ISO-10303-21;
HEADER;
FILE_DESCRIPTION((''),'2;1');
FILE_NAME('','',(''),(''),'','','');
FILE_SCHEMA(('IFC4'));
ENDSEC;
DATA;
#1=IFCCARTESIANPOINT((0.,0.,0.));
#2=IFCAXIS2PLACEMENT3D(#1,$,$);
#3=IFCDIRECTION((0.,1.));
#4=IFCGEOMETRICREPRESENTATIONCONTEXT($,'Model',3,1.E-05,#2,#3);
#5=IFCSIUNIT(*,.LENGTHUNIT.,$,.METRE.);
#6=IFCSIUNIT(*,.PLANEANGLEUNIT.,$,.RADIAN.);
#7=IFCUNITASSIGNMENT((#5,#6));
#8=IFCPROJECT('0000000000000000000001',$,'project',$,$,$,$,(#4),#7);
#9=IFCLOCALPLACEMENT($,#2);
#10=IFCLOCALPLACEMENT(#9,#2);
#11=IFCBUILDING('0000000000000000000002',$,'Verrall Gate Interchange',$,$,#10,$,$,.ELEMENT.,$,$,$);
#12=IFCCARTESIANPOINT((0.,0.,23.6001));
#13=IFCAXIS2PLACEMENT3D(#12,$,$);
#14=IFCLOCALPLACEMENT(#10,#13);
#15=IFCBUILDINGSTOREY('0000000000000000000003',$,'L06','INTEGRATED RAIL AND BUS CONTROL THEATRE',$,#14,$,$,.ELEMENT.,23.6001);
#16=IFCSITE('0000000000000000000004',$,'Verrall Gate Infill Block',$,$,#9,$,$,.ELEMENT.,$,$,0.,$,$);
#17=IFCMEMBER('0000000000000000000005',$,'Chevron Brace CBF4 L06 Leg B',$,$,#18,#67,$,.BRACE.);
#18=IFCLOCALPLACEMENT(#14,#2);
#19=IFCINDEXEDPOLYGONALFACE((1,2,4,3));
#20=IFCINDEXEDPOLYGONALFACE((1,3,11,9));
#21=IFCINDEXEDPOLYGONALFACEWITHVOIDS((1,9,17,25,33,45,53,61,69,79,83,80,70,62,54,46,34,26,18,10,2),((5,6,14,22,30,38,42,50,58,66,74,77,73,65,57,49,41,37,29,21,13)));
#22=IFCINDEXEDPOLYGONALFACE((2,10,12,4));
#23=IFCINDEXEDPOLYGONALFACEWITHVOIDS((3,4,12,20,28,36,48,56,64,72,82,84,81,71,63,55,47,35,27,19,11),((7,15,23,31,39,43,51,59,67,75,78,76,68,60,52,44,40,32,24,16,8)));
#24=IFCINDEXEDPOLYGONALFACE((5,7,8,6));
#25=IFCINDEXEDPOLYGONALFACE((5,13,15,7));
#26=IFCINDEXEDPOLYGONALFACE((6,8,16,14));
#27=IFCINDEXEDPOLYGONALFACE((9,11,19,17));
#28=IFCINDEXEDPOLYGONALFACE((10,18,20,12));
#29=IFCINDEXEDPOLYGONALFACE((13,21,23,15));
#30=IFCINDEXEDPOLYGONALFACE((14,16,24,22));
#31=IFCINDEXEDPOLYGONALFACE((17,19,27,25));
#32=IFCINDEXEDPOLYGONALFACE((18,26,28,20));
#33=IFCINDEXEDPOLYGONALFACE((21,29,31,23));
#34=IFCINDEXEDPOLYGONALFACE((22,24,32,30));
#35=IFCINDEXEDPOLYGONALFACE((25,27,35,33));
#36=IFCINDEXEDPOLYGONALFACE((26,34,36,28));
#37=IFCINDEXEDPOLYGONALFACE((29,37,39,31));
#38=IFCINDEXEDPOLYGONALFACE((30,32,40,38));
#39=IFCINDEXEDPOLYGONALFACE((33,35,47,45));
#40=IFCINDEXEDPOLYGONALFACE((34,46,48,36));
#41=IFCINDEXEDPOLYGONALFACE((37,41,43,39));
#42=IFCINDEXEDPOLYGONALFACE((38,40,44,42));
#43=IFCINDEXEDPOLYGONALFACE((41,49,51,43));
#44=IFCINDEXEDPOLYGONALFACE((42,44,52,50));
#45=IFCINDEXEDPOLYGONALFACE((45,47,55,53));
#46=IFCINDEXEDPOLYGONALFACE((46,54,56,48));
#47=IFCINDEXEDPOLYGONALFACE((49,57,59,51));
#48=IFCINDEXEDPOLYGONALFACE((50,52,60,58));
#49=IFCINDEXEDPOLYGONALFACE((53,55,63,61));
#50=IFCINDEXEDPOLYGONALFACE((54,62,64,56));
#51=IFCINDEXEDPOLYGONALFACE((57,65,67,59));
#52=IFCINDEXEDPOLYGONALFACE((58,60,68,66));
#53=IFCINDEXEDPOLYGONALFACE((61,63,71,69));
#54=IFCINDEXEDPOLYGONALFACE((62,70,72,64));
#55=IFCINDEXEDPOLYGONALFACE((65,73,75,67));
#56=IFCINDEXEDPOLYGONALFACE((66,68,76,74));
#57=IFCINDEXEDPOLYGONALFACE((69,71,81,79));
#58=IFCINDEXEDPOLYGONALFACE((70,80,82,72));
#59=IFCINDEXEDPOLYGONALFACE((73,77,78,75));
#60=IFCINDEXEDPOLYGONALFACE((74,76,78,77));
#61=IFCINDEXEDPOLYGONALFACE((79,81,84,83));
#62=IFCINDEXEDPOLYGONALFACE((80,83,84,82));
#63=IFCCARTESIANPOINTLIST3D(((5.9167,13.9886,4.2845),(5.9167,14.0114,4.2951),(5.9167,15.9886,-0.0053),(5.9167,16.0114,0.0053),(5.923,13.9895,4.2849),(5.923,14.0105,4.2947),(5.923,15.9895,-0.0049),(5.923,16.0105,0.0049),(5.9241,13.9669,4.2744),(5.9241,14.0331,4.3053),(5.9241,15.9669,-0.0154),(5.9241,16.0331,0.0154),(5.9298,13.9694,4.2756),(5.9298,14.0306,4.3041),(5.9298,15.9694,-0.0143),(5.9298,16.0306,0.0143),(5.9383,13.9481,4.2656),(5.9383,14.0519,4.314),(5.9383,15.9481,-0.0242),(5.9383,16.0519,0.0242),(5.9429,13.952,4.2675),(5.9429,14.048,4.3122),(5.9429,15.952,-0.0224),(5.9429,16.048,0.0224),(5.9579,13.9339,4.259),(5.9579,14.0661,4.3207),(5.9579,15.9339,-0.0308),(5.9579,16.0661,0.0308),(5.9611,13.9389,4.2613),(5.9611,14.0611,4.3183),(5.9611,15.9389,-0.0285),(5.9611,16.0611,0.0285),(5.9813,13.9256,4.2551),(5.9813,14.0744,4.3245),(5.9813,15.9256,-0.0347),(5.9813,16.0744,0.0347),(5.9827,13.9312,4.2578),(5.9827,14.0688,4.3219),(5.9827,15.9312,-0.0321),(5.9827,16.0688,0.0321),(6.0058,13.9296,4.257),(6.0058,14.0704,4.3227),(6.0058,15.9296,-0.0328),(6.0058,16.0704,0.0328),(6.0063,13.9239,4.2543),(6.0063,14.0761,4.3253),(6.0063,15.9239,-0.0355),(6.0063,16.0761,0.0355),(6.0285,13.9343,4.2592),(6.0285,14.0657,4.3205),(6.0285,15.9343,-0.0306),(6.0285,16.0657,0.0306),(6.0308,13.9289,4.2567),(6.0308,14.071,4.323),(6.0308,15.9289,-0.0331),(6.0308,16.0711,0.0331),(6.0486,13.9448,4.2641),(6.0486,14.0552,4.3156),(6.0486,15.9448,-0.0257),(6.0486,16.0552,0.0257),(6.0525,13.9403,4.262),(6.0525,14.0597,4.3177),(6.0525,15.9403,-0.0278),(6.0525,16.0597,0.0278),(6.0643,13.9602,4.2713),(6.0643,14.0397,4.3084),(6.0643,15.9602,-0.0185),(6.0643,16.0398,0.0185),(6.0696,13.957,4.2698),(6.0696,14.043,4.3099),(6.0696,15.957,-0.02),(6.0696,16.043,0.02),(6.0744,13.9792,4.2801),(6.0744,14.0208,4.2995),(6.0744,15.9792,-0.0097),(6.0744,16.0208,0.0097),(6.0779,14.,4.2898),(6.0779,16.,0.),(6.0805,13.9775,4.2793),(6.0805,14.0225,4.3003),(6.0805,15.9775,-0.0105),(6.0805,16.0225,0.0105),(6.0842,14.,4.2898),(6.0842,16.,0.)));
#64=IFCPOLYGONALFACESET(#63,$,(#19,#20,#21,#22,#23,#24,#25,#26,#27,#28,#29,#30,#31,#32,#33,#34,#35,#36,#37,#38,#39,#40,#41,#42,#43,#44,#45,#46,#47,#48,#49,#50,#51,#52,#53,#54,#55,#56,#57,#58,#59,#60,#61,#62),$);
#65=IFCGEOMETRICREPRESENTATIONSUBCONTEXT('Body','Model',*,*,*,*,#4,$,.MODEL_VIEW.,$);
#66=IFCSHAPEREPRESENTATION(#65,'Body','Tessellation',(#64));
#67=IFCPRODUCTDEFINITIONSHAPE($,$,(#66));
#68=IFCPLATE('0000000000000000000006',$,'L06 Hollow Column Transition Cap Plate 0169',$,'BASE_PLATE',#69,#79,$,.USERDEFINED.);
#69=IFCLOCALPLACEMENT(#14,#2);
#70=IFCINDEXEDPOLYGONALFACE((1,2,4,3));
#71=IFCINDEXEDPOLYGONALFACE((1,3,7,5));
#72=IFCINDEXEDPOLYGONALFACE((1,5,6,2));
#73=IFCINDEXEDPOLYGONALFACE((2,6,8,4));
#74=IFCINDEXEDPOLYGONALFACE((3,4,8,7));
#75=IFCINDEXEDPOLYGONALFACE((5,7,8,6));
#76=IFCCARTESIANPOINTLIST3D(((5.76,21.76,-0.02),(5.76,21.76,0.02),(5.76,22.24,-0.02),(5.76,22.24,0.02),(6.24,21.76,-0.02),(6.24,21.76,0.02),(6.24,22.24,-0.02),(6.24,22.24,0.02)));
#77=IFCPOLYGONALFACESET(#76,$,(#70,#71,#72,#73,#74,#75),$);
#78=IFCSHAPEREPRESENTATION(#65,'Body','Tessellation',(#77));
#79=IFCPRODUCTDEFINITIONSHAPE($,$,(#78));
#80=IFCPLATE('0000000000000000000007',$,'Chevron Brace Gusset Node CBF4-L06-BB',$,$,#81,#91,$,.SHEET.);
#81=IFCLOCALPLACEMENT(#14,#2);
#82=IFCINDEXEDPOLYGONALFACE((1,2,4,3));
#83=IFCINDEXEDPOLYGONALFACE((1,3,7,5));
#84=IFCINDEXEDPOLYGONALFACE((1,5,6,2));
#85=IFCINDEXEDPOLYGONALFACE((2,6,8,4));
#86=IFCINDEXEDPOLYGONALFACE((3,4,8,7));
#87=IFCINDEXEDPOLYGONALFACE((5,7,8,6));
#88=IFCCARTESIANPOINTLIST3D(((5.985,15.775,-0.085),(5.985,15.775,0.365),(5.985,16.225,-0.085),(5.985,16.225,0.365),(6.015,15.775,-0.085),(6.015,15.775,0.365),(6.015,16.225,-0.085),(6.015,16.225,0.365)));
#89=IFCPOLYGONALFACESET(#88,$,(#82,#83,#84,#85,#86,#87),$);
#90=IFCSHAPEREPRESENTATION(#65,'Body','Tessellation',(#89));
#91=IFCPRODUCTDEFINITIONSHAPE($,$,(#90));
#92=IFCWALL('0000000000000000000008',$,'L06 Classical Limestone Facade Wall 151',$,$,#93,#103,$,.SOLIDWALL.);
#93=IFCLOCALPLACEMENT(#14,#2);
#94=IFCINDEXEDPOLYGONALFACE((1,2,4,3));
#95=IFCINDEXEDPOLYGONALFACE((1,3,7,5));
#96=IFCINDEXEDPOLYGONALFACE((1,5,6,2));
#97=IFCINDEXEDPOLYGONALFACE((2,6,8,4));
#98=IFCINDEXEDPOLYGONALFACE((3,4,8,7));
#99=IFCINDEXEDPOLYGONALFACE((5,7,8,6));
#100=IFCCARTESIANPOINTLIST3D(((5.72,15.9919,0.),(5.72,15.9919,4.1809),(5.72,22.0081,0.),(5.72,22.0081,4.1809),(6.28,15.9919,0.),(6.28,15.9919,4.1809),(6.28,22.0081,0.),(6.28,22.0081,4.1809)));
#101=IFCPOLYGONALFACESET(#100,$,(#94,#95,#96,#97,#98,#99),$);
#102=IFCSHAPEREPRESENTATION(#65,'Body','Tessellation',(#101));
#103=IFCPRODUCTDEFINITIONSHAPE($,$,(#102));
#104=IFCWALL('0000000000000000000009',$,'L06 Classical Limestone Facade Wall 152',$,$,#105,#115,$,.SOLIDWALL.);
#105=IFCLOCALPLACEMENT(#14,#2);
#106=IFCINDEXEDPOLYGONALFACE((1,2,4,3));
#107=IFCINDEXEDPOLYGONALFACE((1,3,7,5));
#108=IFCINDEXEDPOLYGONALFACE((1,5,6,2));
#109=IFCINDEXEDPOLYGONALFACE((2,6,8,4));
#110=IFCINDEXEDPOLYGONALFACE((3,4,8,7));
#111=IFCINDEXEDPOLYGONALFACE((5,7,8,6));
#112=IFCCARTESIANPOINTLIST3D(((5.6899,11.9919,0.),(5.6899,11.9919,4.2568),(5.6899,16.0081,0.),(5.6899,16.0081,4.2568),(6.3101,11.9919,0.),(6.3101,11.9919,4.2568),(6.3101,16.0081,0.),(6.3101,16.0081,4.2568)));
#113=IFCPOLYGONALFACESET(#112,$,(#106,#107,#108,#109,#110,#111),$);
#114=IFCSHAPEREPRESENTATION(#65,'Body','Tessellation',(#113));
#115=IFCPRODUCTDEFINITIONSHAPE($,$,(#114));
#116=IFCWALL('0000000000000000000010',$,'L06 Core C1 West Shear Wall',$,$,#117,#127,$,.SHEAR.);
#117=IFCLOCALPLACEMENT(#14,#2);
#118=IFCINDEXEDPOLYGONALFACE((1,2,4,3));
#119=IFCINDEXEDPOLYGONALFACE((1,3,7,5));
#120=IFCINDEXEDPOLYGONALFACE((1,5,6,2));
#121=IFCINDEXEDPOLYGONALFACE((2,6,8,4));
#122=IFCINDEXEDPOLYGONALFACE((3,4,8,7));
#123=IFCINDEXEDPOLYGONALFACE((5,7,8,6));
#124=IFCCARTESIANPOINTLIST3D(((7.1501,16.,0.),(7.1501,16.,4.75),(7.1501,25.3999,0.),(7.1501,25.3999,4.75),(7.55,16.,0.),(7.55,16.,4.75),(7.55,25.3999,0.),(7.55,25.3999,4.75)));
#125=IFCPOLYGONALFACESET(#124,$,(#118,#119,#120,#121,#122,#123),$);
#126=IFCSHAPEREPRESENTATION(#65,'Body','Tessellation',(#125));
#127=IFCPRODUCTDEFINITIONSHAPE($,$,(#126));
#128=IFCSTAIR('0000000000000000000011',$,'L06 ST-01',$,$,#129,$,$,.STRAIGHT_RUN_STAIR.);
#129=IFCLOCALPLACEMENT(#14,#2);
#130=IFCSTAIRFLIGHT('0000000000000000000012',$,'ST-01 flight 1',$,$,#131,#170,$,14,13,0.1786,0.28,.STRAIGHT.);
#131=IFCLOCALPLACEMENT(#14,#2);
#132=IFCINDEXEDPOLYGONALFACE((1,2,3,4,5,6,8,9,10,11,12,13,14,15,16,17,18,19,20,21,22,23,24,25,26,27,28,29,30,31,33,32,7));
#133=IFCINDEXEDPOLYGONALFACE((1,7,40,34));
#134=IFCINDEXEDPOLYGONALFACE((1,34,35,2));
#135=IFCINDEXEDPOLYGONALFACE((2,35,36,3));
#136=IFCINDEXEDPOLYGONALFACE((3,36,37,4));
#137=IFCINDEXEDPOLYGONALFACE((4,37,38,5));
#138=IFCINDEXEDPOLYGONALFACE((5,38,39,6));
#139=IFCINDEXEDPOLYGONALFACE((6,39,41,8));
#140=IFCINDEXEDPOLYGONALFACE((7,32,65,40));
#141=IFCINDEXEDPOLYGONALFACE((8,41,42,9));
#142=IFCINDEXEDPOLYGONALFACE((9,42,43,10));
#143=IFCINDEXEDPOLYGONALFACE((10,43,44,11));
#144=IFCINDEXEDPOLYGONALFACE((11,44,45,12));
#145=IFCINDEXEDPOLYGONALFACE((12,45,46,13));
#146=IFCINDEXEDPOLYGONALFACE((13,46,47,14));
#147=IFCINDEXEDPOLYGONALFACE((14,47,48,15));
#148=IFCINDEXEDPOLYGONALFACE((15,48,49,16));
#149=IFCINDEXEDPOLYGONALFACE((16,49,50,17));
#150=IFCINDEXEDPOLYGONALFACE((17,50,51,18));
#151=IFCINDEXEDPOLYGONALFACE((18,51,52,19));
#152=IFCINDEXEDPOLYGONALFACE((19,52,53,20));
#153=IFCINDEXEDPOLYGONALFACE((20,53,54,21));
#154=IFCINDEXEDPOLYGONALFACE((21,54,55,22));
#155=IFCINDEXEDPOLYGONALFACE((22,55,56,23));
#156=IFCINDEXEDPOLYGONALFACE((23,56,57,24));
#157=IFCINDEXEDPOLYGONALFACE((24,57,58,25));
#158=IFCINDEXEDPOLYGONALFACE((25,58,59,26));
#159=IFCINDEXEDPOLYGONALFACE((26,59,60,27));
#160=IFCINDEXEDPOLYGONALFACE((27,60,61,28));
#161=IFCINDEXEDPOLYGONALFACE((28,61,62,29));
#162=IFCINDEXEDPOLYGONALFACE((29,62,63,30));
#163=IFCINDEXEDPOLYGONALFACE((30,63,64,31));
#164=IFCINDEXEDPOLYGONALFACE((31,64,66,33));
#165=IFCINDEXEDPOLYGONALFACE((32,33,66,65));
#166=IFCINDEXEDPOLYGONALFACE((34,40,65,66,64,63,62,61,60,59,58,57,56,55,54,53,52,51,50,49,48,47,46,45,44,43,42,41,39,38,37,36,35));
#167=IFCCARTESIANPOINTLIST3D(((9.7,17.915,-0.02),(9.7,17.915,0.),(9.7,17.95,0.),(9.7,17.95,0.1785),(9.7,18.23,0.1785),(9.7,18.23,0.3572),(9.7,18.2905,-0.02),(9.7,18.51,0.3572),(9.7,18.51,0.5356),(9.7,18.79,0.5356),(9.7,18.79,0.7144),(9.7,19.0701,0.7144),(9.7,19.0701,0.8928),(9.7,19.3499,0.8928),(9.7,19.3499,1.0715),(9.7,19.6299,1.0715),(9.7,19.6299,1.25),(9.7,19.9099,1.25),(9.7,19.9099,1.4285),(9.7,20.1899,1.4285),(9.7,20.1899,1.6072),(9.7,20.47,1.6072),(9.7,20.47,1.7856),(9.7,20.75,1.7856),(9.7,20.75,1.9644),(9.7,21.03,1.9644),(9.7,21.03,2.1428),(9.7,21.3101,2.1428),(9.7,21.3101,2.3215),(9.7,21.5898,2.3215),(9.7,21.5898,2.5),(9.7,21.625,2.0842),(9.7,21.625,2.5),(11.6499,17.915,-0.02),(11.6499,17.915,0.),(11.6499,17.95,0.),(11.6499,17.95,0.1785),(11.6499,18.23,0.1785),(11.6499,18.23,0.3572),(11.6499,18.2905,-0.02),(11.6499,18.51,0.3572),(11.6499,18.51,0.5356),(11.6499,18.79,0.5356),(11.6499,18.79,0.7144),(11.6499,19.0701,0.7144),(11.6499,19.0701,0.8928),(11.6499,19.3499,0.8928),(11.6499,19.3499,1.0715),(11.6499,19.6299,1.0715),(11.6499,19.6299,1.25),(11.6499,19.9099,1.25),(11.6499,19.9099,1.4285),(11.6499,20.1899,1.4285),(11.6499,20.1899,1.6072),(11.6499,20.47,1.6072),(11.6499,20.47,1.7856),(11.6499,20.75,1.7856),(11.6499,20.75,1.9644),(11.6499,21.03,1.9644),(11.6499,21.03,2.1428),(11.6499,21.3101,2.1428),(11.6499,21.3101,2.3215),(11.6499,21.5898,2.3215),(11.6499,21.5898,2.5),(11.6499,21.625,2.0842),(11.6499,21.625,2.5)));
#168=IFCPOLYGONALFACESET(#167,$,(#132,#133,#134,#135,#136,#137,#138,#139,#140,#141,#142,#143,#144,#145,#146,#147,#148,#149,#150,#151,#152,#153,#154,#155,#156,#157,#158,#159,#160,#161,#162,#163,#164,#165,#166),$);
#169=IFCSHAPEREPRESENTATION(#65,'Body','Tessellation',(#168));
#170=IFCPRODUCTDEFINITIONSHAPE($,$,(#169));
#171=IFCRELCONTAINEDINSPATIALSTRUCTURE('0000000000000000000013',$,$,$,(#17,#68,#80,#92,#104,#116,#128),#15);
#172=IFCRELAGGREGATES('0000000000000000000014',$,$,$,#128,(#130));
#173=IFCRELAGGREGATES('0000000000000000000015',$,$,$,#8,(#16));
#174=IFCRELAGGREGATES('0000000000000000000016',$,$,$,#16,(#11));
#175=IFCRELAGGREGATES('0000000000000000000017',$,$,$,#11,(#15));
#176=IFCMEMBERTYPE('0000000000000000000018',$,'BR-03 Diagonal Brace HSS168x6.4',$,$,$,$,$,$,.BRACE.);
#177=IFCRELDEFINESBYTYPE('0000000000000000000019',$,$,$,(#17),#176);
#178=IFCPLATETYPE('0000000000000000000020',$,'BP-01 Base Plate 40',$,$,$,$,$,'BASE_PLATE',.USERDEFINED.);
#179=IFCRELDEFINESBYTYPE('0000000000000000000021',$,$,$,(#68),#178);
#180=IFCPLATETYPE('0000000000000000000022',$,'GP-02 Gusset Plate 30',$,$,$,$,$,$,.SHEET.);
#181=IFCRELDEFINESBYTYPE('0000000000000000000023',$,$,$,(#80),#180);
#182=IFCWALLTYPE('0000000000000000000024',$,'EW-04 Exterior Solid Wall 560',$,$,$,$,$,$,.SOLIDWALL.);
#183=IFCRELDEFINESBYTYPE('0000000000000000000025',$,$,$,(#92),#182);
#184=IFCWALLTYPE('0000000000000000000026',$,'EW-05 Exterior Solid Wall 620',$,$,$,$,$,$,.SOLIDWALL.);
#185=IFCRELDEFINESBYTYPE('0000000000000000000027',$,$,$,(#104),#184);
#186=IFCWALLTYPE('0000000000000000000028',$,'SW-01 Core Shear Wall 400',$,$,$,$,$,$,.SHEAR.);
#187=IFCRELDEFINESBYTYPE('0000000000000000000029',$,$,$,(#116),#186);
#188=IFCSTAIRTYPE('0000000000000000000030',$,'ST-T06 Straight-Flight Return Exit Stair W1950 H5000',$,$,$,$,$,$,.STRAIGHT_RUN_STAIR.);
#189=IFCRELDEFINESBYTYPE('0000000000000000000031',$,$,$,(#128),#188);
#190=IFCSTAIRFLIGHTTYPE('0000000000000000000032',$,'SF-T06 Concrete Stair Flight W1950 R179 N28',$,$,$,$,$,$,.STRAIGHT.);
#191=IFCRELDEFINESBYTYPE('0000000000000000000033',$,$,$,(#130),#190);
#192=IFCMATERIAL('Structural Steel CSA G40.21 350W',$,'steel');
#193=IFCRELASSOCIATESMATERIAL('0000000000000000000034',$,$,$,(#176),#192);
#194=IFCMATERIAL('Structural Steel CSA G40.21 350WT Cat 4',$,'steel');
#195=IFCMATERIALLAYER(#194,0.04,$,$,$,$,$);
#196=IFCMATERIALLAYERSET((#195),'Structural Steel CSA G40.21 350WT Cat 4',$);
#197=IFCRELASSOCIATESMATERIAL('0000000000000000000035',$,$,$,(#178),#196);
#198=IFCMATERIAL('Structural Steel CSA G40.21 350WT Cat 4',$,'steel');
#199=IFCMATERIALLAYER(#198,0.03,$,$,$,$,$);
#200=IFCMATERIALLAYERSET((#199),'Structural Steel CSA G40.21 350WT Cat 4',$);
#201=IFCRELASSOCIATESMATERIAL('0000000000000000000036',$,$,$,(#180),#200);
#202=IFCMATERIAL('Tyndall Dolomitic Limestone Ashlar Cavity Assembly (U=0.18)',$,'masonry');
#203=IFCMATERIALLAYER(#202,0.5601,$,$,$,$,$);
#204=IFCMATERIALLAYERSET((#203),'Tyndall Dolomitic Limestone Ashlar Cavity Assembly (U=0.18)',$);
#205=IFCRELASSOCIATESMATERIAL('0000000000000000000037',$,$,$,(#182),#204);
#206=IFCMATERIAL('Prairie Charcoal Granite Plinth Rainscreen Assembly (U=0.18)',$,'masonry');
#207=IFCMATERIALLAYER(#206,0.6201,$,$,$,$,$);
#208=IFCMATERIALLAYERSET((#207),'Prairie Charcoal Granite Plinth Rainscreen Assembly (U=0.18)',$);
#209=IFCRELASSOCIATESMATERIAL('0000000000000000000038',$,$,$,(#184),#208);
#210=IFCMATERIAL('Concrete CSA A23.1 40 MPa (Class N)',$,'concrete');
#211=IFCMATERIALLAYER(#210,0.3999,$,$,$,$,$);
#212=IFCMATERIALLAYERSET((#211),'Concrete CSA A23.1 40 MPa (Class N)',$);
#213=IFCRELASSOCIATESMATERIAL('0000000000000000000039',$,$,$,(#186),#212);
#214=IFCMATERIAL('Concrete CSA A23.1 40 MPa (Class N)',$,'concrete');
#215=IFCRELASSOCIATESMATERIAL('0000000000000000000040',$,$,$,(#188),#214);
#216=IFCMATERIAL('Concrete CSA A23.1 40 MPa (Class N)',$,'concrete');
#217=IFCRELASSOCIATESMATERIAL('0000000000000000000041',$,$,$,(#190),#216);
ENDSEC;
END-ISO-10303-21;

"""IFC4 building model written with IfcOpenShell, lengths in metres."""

from ifc_helpers import new_model, si_unit, direction, frame, frame_2d, origin, origin_2d, place, context, subcontext, project, spatial, polyline, rectangle, hollow_circle, outline, extrude, material, layer, layer_set, material_profile, profile_set, type_object, element, aggregate, save


model = new_model("IFC4")

# Units and contexts
model_context = context("Model", 3, precision=1e-05, world=origin(), true_north=direction((0.0, 1.0)))
body_context = subcontext(model_context, "Body", "Model", "MODEL_VIEW")
ifc_project = project(units=[si_unit("LENGTHUNIT", "METRE"), si_unit("PLANEANGLEUNIT", "RADIAN")], contexts=[model_context])

# Site, building, storey
site_placement = place(None, origin())
site = spatial("IfcSite", under=ifc_project, at=site_placement, Name="Verrall Gate Infill Block", CompositionType="ELEMENT", RefElevation=0.0)
building_placement = place(site_placement, origin())
building = spatial("IfcBuilding", under=site, at=building_placement, Name="Verrall Gate Interchange", CompositionType="ELEMENT")
storey_placement = place(building_placement, frame((0.0, 0.0, 23.6001)))
storey = spatial("IfcBuildingStorey", under=building, at=storey_placement, Name="L06", Description="INTEGRATED RAIL AND BUS CONTROL THEATRE", CompositionType="ELEMENT", Elevation=23.6001)

# Member
ifc_material_1 = material(Name="Structural Steel CSA G40.21 350W", Category="steel")
ifc_material_profile_1 = material_profile(ifc_material_1, hollow_circle(Radius=0.0842, WallThickness=0.0063, at=origin_2d()), Name="HSS168x6.4")
ifc_profile_set_1 = profile_set([ifc_material_profile_1], Name="Structural Steel CSA G40.21 350W")
member_type = type_object("IfcMemberType", Name="BR-03 Diagonal Brace HSS168x6.4", PredefinedType="BRACE", material=ifc_profile_set_1)
member_placement = place(storey_placement, frame((6.0, 16.0, 0.0), z_axis=(0.0, -0.422555, 0.906337), x_axis=(1.0, 0.0, 0.0)))
element("IfcMember", 1, at=member_placement, inside=storey, type_object=member_type, Name="Chevron Brace CBF4 L06 Leg B", PredefinedType="BRACE", context=body_context, shape_type="SweptSolid", body=[
    extrude(hollow_circle(Radius=0.0842, WallThickness=0.0063, at=origin_2d()), origin(), (0.0, 0.0, 1.0), 4.7332),
])

# Plates
ifc_material_2 = material(Name="Structural Steel CSA G40.21 350WT Cat 4", Category="steel")
ifc_layer_1 = layer(ifc_material_2, 0.04)
ifc_layer_set_1 = layer_set([ifc_layer_1], Name="Structural Steel CSA G40.21 350WT Cat 4")
plate_type_1 = type_object("IfcPlateType", Name="BP-01 Base Plate 40", ElementType="BASE_PLATE", PredefinedType="USERDEFINED", material=ifc_layer_set_1)
plate_1_placement = place(storey_placement, frame((6.0, 22.0, -0.02), z_axis=(0.0, 0.0, 1.0), x_axis=(1.0, 0.0, 0.0)))
element("IfcPlate", 2, at=plate_1_placement, inside=storey, type_object=plate_type_1, Name="L06 Hollow Column Transition Cap Plate 0169", ObjectType="BASE_PLATE", PredefinedType="USERDEFINED", context=body_context, shape_type="SweptSolid", body=[
    extrude(rectangle(XDim=0.48, YDim=0.48, at=origin_2d()), origin(), (0.0, 0.0, 1.0), 0.04),
])
ifc_material_3 = material(Name="Structural Steel CSA G40.21 350WT Cat 4", Category="steel")
ifc_layer_2 = layer(ifc_material_3, 0.03)
ifc_layer_set_2 = layer_set([ifc_layer_2], Name="Structural Steel CSA G40.21 350WT Cat 4")
plate_type_2 = type_object("IfcPlateType", Name="GP-02 Gusset Plate 30", PredefinedType="SHEET", material=ifc_layer_set_2)
plate_2_placement = place(storey_placement, frame((6.0, 16.0, -0.085), z_axis=(0.0, 0.0, 1.0), x_axis=(1.0, 0.0, 0.0)))
element("IfcPlate", 3, at=plate_2_placement, inside=storey, type_object=plate_type_2, Name="Chevron Brace Gusset Node CBF4-L06-BB", PredefinedType="SHEET", context=body_context, shape_type="SweptSolid", body=[
    extrude(rectangle(XDim=0.03, YDim=0.45, at=origin_2d()), origin(), (0.0, 0.0, 1.0), 0.45),
])

# Walls
ifc_material_4 = material(Name="Tyndall Dolomitic Limestone Ashlar Cavity Assembly (U=0.18)", Category="masonry")
ifc_layer_3 = layer(ifc_material_4, 0.5601)
ifc_layer_set_3 = layer_set([ifc_layer_3], Name="Tyndall Dolomitic Limestone Ashlar Cavity Assembly (U=0.18)")
wall_type_1 = type_object("IfcWallType", Name="EW-04 Exterior Solid Wall 560", PredefinedType="SOLIDWALL", material=ifc_layer_set_3)
wall_1_placement = place(storey_placement, frame((6.0, 22.0081, 0.0), z_axis=(0.0, 0.0, 1.0), x_axis=(0.0, -1.0, 0.0)))
element("IfcWall", 4, at=wall_1_placement, inside=storey, type_object=wall_type_1, Name="L06 Classical Limestone Facade Wall 151", PredefinedType="SOLIDWALL", context=body_context, shape_type="SweptSolid", body=[
    extrude(rectangle(XDim=6.0161, YDim=0.5601, at=frame_2d((3.0081, 0.0))), origin(), (0.0, 0.0, 1.0), 4.1809),
])
ifc_material_5 = material(Name="Prairie Charcoal Granite Plinth Rainscreen Assembly (U=0.18)", Category="masonry")
ifc_layer_4 = layer(ifc_material_5, 0.6201)
ifc_layer_set_4 = layer_set([ifc_layer_4], Name="Prairie Charcoal Granite Plinth Rainscreen Assembly (U=0.18)")
wall_type_2 = type_object("IfcWallType", Name="EW-05 Exterior Solid Wall 620", PredefinedType="SOLIDWALL", material=ifc_layer_set_4)
wall_2_placement = place(storey_placement, frame((6.0, 16.0081, 0.0), z_axis=(0.0, 0.0, 1.0), x_axis=(0.0, -1.0, 0.0)))
element("IfcWall", 5, at=wall_2_placement, inside=storey, type_object=wall_type_2, Name="L06 Classical Limestone Facade Wall 152", PredefinedType="SOLIDWALL", context=body_context, shape_type="SweptSolid", body=[
    extrude(rectangle(XDim=4.0161, YDim=0.6201, at=frame_2d((2.0081, 0.0))), origin(), (0.0, 0.0, 1.0), 4.2568),
])
ifc_material_6 = material(Name="Concrete CSA A23.1 40 MPa (Class N)", Category="concrete")
ifc_layer_5 = layer(ifc_material_6, 0.3999)
ifc_layer_set_5 = layer_set([ifc_layer_5], Name="Concrete CSA A23.1 40 MPa (Class N)")
wall_type_3 = type_object("IfcWallType", Name="SW-01 Core Shear Wall 400", PredefinedType="SHEAR", material=ifc_layer_set_5)
wall_3_placement = place(storey_placement, frame((7.3501, 25.3999, 0.0), z_axis=(0.0, 0.0, 1.0), x_axis=(0.0, -1.0, 0.0)))
element("IfcWall", 6, at=wall_3_placement, inside=storey, type_object=wall_type_3, Name="L06 Core C1 West Shear Wall", PredefinedType="SHEAR", context=body_context, shape_type="SweptSolid", body=[
    extrude(rectangle(XDim=9.3999, YDim=0.3999, at=frame_2d((4.7, 0.0))), origin(), (0.0, 0.0, 1.0), 4.75),
])

# Stair, stair flight
ifc_material_7 = material(Name="Concrete CSA A23.1 40 MPa (Class N)", Category="concrete")
stair_type = type_object("IfcStairType", Name="ST-T06 Straight-Flight Return Exit Stair W1950 H5000", PredefinedType="STRAIGHT_RUN_STAIR", material=ifc_material_7)
stair_placement = place(storey_placement, origin())
stair = element("IfcStair", 7, at=stair_placement, inside=storey, type_object=stair_type, Name="L06 ST-01", PredefinedType="STRAIGHT_RUN_STAIR")
ifc_material_8 = material(Name="Concrete CSA A23.1 40 MPa (Class N)", Category="concrete")
stair_flight_type = type_object("IfcStairFlightType", Name="SF-T06 Concrete Stair Flight W1950 R179 N28", PredefinedType="STRAIGHT", material=ifc_material_8)
stair_flight_1_placement = place(storey_placement, frame((10.675, 17.95, 0.0), z_axis=(0.0, 0.0, 1.0), x_axis=(0.0, 1.0, 0.0)))
stair_flight_1 = element("IfcStairFlight", 8, at=stair_flight_1_placement, type_object=stair_flight_type, Name="ST-01 flight 1", NumberOfRisers=14, NumberOfTreads=13, PredefinedType="STRAIGHT", RiserHeight=0.1786, TreadLength=0.28, context=body_context, shape_type="SweptSolid", body=[
    extrude(outline(polyline([(-0.0349, -0.02), (-0.0349, 0.0), (0.0, 0.0), (0.0, 0.1785), (0.28, 0.1785), (0.28, 0.3572), (0.5601, 0.3572), (0.5601, 0.5356), (0.8401, 0.5356), (0.8401, 0.7144), (1.1201, 0.7144), (1.1201, 0.8928), (1.3999, 0.8928), (1.3999, 1.0715), (1.6799, 1.0715), (1.6799, 1.25), (1.96, 1.25), (1.96, 1.4285), (2.24, 1.4285), (2.24, 1.6072), (2.52, 1.6072), (2.52, 1.7856), (2.8, 1.7856), (2.8, 1.9644), (3.0801, 1.9644), (3.0801, 2.1428), (3.3601, 2.1428), (3.3601, 2.3215), (3.6399, 2.3215), (3.6399, 2.5), (3.675, 2.5), (3.675, 2.0842), (0.3406, -0.02), (-0.0349, -0.02)])), frame((0.0, 0.9751, 0.0), z_axis=(0.0, -1.0, 0.0), x_axis=(1.0, 0.0, 0.0)), (0.0, 0.0, 1.0), 1.95),
])
aggregate(stair, [stair_flight_1])

save(model, "model.ifc")
